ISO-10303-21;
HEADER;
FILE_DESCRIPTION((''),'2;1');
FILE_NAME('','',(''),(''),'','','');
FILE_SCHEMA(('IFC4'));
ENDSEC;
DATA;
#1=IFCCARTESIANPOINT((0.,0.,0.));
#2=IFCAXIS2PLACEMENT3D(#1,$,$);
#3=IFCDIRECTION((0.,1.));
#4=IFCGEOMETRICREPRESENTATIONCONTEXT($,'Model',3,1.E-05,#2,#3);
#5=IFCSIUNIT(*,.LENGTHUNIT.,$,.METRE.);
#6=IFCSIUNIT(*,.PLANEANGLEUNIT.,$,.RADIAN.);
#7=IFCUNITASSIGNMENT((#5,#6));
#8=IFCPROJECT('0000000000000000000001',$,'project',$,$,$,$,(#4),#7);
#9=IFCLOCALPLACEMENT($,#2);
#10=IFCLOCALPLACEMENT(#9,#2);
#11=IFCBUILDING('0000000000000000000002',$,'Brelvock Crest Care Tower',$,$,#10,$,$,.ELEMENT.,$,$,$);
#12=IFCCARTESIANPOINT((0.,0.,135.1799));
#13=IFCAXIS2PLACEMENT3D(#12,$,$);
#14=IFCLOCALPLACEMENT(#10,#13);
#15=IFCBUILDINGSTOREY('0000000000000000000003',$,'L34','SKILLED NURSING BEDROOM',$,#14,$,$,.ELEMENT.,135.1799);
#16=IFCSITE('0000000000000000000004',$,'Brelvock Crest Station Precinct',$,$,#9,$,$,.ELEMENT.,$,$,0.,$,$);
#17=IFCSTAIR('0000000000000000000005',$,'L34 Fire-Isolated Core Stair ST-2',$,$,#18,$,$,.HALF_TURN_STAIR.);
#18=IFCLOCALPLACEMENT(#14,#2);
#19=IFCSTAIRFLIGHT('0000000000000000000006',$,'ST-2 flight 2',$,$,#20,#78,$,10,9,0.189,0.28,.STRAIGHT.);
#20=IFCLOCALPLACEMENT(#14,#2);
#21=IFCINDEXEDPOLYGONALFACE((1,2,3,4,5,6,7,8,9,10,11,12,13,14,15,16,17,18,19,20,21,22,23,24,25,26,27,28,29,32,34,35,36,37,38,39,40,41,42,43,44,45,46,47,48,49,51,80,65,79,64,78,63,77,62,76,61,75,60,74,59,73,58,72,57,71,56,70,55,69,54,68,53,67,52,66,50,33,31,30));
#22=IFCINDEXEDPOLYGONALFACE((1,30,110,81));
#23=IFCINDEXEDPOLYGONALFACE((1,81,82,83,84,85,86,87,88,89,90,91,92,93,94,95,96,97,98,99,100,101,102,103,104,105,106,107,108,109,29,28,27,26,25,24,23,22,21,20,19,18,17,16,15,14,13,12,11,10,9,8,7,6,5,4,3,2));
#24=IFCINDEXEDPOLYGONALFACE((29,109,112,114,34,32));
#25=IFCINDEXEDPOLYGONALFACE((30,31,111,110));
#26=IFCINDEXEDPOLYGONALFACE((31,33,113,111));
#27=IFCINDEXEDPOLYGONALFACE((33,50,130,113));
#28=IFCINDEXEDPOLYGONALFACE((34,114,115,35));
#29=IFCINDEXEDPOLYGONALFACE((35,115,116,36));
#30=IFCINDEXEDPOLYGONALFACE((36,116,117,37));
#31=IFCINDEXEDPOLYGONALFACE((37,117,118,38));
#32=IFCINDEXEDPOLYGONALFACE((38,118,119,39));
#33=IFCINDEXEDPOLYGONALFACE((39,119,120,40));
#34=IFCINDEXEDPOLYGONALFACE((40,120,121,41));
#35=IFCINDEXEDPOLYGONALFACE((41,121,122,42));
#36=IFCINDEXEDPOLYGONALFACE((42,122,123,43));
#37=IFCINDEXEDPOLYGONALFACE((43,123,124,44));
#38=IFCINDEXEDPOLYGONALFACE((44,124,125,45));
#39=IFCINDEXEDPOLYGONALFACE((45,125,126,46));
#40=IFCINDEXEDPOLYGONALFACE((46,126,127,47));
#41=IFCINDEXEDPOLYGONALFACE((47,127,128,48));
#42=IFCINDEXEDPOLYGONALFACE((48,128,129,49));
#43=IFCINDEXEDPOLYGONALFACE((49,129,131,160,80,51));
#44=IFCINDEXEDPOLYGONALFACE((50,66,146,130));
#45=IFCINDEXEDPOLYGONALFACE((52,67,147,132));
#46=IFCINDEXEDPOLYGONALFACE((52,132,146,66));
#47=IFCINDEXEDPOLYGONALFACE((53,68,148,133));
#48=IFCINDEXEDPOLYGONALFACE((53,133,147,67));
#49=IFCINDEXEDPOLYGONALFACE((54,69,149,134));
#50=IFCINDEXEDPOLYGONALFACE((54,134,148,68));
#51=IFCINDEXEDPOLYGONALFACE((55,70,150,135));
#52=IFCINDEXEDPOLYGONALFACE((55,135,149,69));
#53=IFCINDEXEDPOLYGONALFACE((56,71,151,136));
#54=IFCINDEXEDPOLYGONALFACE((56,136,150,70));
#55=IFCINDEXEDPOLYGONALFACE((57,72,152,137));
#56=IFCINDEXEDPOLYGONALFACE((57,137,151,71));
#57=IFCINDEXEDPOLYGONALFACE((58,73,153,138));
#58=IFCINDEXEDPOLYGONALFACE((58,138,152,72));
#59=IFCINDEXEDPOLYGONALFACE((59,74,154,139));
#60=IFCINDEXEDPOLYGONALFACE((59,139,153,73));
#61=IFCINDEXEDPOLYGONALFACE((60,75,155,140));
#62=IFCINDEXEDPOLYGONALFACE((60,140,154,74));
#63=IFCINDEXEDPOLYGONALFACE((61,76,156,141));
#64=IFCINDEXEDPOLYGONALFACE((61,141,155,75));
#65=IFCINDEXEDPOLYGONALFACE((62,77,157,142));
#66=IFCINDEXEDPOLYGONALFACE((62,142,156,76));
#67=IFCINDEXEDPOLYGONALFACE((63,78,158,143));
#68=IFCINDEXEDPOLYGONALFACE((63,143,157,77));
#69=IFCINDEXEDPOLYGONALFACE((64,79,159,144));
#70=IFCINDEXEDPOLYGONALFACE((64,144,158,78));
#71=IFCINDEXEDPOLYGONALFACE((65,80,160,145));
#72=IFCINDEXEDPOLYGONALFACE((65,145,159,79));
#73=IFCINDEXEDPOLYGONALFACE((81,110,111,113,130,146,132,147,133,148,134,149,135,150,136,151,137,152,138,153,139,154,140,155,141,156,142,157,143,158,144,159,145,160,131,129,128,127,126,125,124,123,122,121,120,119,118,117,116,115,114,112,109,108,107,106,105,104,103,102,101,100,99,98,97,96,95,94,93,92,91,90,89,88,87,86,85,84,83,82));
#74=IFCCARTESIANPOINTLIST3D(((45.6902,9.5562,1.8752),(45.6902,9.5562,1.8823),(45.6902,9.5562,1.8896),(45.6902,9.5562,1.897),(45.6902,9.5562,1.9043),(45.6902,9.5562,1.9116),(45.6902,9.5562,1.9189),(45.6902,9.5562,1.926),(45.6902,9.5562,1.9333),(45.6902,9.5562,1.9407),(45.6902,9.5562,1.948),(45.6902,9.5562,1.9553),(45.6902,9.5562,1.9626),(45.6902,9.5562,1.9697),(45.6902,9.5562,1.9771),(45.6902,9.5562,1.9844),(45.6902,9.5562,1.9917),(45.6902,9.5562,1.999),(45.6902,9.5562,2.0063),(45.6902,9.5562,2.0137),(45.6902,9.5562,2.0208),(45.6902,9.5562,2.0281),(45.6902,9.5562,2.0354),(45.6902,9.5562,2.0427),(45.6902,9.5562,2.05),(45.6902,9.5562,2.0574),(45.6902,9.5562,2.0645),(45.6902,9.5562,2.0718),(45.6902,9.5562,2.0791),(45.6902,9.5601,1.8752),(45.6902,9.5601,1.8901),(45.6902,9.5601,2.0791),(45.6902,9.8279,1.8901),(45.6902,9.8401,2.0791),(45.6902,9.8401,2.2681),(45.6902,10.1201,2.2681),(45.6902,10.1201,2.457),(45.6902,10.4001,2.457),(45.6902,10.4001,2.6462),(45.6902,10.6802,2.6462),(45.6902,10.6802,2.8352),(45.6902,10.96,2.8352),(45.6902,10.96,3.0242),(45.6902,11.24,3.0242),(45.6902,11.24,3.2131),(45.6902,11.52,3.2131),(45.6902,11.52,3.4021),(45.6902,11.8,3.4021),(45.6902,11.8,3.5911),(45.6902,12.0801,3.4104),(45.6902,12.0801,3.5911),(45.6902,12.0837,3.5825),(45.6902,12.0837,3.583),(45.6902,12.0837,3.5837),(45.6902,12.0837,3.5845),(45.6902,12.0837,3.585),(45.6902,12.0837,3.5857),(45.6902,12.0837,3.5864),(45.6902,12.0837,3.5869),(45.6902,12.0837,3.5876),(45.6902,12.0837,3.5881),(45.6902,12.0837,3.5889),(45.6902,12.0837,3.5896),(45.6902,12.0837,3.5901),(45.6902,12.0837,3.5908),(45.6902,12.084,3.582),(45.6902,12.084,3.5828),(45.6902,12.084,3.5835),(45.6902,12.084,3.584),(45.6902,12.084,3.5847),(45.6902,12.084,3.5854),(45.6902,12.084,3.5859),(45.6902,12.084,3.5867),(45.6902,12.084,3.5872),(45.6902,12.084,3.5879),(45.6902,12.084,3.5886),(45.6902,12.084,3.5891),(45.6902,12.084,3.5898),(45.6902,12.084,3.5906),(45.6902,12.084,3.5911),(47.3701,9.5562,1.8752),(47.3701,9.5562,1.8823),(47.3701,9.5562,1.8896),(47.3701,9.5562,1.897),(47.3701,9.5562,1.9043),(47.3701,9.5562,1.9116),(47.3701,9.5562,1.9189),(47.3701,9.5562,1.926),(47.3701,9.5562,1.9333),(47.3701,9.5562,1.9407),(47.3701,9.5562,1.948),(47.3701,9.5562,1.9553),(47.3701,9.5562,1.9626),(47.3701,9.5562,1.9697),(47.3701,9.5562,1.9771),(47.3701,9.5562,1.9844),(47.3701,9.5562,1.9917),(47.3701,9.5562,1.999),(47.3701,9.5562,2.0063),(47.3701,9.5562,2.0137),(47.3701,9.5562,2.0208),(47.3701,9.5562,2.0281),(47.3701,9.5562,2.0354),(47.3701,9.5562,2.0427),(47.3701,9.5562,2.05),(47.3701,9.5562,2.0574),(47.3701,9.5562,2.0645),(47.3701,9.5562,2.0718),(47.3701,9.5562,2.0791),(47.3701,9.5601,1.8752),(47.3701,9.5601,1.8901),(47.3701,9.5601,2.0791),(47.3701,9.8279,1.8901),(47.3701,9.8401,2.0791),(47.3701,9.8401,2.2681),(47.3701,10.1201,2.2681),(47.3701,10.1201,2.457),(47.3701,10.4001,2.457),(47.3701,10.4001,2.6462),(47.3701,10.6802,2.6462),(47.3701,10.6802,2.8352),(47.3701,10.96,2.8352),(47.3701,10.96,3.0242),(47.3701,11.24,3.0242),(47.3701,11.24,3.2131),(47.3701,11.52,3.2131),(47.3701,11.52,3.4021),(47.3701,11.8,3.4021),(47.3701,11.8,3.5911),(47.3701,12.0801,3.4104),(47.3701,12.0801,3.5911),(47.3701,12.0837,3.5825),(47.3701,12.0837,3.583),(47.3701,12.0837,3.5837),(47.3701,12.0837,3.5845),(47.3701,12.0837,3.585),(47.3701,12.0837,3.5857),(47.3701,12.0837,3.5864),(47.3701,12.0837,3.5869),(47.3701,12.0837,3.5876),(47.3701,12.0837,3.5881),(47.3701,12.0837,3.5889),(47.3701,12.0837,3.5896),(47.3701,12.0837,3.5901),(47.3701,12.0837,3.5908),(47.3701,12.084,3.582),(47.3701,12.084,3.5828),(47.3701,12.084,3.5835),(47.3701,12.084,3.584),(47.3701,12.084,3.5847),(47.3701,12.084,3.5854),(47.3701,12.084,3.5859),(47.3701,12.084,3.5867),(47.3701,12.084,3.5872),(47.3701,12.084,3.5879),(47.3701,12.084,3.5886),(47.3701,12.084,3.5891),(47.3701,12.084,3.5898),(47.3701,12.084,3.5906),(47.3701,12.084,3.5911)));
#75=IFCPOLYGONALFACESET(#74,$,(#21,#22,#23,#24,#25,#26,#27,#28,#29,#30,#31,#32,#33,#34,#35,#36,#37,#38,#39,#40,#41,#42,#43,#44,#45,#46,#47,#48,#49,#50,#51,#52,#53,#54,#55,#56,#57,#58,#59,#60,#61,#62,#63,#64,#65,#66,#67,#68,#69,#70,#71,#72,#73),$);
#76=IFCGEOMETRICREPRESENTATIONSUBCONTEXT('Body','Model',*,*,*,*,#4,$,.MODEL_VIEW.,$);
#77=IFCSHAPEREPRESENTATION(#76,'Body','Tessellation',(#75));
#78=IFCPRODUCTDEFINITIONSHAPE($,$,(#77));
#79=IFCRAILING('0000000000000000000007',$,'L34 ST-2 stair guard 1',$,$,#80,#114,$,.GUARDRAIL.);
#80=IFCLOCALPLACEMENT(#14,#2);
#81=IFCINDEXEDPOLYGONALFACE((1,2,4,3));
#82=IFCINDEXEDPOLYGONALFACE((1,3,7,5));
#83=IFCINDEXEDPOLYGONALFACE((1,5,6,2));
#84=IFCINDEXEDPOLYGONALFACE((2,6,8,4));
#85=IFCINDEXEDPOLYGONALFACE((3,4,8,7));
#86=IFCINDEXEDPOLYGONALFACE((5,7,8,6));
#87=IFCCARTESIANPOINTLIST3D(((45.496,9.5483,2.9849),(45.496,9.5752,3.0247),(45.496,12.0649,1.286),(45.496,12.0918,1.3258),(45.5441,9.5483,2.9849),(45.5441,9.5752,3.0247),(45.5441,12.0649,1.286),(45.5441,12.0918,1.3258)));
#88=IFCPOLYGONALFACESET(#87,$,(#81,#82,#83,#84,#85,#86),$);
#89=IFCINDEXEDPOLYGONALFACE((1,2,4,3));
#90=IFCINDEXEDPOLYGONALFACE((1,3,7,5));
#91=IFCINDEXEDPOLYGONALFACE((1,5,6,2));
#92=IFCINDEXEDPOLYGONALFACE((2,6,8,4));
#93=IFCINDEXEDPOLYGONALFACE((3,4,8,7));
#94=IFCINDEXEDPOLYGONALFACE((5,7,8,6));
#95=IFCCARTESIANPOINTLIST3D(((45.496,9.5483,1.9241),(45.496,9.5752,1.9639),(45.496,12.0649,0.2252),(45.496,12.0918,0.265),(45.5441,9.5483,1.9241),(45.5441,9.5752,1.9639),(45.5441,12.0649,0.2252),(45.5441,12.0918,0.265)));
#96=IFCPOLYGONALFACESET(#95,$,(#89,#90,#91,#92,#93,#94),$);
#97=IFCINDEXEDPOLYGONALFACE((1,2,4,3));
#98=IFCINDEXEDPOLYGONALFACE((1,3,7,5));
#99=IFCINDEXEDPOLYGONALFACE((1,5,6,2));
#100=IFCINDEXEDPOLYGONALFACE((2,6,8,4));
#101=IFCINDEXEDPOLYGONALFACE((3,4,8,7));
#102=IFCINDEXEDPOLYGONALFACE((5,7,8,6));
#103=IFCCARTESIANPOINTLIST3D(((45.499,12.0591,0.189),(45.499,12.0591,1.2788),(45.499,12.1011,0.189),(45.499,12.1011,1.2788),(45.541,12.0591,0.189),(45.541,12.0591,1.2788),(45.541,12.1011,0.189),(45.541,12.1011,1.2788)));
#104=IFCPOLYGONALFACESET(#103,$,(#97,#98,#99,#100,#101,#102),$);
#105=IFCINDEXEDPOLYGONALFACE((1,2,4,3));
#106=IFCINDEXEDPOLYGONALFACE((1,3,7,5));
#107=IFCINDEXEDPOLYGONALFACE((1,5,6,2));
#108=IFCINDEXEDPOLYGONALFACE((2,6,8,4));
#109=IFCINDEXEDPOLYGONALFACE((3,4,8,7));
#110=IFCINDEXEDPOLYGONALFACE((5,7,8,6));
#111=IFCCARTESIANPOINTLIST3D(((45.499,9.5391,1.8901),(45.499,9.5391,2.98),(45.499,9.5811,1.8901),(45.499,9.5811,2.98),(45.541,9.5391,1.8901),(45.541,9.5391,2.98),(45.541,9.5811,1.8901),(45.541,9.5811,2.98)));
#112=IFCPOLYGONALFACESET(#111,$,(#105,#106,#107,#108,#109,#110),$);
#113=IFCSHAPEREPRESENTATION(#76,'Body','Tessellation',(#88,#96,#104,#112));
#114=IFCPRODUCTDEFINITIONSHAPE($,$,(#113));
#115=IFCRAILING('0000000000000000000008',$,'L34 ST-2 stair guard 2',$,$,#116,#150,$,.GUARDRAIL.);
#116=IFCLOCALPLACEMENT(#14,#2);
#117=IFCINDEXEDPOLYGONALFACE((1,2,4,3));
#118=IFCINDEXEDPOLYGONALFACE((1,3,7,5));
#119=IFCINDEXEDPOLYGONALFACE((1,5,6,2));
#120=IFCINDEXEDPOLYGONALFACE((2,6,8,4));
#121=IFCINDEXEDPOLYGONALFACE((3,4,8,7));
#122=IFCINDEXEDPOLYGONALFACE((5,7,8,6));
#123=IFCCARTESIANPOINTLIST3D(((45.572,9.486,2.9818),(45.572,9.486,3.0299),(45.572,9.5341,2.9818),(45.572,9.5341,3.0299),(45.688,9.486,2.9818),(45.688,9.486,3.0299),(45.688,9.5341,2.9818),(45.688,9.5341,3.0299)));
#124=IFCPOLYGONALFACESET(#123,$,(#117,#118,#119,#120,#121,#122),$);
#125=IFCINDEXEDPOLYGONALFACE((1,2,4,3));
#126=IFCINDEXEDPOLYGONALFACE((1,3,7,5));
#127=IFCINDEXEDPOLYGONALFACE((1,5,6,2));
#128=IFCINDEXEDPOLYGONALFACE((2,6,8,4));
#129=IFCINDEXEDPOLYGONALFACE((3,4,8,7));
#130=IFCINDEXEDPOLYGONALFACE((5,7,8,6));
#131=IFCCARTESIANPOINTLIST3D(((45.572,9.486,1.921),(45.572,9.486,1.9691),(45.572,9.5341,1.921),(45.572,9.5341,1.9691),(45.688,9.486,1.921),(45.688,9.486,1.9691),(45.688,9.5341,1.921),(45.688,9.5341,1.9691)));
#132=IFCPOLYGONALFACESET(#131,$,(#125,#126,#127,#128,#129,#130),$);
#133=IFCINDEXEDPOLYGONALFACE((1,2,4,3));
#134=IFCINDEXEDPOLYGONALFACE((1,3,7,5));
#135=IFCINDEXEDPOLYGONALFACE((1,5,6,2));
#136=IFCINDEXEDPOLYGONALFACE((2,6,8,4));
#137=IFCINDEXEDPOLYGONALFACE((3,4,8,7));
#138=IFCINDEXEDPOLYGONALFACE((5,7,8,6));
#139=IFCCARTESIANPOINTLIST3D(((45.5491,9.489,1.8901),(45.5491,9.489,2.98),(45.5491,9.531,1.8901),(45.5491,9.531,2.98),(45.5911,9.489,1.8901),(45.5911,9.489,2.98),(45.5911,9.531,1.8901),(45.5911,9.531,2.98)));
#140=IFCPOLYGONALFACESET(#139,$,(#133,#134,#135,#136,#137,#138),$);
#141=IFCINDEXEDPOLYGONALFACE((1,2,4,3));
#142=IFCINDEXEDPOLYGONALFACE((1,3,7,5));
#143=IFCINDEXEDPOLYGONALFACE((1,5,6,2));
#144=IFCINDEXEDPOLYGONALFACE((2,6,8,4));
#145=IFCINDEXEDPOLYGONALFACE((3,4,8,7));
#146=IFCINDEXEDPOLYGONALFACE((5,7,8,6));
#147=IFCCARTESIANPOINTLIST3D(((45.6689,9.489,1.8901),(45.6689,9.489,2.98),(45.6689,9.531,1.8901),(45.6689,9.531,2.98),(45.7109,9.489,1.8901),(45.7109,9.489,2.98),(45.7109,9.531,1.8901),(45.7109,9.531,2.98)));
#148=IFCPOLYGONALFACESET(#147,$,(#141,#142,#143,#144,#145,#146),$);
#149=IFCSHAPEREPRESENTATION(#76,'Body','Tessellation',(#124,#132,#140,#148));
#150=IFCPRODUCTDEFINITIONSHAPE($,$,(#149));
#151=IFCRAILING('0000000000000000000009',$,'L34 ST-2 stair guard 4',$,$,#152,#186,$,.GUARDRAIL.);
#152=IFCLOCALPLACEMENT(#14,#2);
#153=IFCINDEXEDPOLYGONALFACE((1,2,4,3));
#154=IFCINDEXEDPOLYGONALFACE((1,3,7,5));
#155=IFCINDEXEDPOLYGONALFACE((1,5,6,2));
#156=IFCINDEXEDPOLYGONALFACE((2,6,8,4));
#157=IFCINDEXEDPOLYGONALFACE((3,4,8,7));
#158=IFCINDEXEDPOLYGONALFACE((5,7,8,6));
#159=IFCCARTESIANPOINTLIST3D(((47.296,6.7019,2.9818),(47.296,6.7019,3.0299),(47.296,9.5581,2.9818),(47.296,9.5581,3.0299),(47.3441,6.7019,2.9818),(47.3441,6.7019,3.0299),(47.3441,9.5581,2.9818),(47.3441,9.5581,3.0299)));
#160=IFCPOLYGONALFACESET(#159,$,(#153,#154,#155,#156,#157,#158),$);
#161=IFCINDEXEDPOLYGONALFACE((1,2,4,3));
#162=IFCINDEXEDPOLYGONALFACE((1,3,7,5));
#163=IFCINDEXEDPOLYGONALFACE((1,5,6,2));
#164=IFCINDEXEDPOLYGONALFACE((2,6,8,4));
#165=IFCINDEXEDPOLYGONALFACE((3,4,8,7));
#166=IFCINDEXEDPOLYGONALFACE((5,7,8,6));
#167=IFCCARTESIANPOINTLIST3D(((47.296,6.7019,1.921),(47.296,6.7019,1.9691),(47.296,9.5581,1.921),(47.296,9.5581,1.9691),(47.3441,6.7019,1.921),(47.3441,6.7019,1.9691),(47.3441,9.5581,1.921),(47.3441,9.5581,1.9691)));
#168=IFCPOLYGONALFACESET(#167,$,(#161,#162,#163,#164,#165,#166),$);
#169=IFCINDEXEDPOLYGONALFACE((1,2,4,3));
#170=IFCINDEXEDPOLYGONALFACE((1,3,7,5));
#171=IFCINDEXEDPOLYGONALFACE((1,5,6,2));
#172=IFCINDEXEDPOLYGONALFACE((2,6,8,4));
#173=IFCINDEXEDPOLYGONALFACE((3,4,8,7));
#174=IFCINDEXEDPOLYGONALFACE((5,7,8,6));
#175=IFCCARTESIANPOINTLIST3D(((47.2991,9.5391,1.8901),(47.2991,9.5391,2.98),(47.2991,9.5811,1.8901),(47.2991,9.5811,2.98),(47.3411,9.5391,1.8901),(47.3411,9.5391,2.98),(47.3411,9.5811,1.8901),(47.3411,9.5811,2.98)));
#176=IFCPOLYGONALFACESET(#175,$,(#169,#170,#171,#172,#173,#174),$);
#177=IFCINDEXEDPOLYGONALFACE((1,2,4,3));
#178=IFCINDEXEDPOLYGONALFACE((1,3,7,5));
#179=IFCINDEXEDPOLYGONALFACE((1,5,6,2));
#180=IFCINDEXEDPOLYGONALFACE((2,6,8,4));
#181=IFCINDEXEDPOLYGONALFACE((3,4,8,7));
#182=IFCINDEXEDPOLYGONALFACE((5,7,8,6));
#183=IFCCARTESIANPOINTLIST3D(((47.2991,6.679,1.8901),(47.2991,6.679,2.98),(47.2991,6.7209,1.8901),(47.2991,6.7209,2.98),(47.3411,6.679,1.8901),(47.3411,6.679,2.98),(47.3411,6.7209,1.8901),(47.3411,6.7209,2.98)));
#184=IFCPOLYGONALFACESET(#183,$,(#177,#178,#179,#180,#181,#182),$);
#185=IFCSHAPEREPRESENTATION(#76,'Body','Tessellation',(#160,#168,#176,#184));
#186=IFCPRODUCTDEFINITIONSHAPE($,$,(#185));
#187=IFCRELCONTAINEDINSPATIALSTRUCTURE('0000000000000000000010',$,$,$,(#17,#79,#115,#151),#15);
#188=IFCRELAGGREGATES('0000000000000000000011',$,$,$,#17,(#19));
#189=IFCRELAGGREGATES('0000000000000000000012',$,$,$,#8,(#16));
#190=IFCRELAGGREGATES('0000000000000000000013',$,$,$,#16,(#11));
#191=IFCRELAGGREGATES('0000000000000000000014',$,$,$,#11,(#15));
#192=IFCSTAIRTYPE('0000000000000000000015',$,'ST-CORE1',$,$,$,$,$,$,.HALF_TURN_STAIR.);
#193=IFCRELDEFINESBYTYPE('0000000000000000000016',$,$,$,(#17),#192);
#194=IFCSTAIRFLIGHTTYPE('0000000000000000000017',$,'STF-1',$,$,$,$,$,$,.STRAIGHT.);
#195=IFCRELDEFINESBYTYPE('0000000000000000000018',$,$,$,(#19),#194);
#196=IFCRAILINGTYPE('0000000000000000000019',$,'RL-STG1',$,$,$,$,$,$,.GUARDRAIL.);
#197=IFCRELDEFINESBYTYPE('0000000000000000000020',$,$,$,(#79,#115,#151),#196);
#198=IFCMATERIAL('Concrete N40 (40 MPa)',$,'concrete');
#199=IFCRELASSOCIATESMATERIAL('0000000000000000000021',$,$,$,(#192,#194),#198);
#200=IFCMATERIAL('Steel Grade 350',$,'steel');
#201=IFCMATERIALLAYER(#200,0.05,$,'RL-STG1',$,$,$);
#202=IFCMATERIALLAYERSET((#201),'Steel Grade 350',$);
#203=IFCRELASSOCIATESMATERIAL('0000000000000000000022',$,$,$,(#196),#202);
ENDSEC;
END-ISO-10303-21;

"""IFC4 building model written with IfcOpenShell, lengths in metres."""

from ifc_helpers import new_model, si_unit, direction, frame, origin, origin_2d, place, context, subcontext, project, spatial, polyline, rectangle, outline, extrude, material, layer, layer_set, type_object, element, aggregate, save


model = new_model("IFC4")

# Units and contexts
model_context = context("Model", 3, precision=1e-05, world=origin(), true_north=direction((0.0, 1.0)))
body_context = subcontext(model_context, "Body", "Model", "MODEL_VIEW")
ifc_project = project(units=[si_unit("LENGTHUNIT", "METRE"), si_unit("PLANEANGLEUNIT", "RADIAN")], contexts=[model_context])

# Site, building, storey
site_placement = place(None, origin())
site = spatial("IfcSite", under=ifc_project, at=site_placement, Name="Brelvock Crest Station Precinct", CompositionType="ELEMENT", RefElevation=0.0)
building_placement = place(site_placement, origin())
building = spatial("IfcBuilding", under=site, at=building_placement, Name="Brelvock Crest Care Tower", CompositionType="ELEMENT")
storey_placement = place(building_placement, frame((0.0, 0.0, 135.1799)))
storey = spatial("IfcBuildingStorey", under=building, at=storey_placement, Name="L34", Description="SKILLED NURSING BEDROOM", CompositionType="ELEMENT", Elevation=135.1799)

# Shared definitions
ifc_material_1 = material(Name="Steel Grade 350", Category="steel")

# Stair, stair flight
ifc_material_2 = material(Name="Concrete N40 (40 MPa)", Category="concrete")
stair_type = type_object("IfcStairType", Name="ST-CORE1", PredefinedType="HALF_TURN_STAIR", material=ifc_material_2)
stair_placement = place(storey_placement, origin())
stair = element("IfcStair", 1, at=stair_placement, inside=storey, type_object=stair_type, Name="L34 Fire-Isolated Core Stair ST-2", PredefinedType="HALF_TURN_STAIR")
stair_flight_type = type_object("IfcStairFlightType", Name="STF-1", PredefinedType="STRAIGHT", material=ifc_material_2)
stair_flight_1_placement = place(storey_placement, frame((46.53, 9.5601, 1.8901), z_axis=(0.0, 0.0, 1.0), x_axis=(0.0, 1.0, 0.0)))
stair_flight_1 = element("IfcStairFlight", 2, at=stair_flight_1_placement, type_object=stair_flight_type, Name="ST-2 flight 2", NumberOfRisers=10, NumberOfTreads=9, PredefinedType="STRAIGHT", RiserHeight=0.189, TreadLength=0.28, context=body_context, shape_type="SweptSolid", body=[
    extrude(outline(polyline([(-0.0039, -0.0149), (-0.0039, -0.0078), (-0.0039, -0.0005), (-0.0039, 0.0068), (-0.0039, 0.0142), (-0.0039, 0.0215), (-0.0039, 0.0288), (-0.0039, 0.0359), (-0.0039, 0.0432), (-0.0039, 0.0505), (-0.0039, 0.0579), (-0.0039, 0.0652), (-0.0039, 0.0725), (-0.0039, 0.0796), (-0.0039, 0.0869), (-0.0039, 0.0942), (-0.0039, 0.1016), (-0.0039, 0.1089), (-0.0039, 0.1162), (-0.0039, 0.1235), (-0.0039, 0.1306), (-0.0039, 0.1379), (-0.0039, 0.1453), (-0.0039, 0.1526), (-0.0039, 0.1599), (-0.0039, 0.1672), (-0.0039, 0.1743), (-0.0039, 0.1816), (-0.0039, 0.189), (0.0, 0.189), (0.28, 0.189), (0.28, 0.3779), (0.5601, 0.3779), (0.5601, 0.5669), (0.8401, 0.5669), (0.8401, 0.7561), (1.1201, 0.7561), (1.1201, 0.9451), (1.3999, 0.9451), (1.3999, 1.134), (1.6799, 1.134), (1.6799, 1.323), (1.96, 1.323), (1.96, 1.512), (2.24, 1.512), (2.24, 1.7009), (2.52, 1.7009), (2.5239, 1.7009), (2.5237, 1.7007), (2.5239, 1.7004), (2.5237, 1.7), (2.5239, 1.6997), (2.5237, 1.6995), (2.5239, 1.699), (2.5237, 1.6987), (2.5239, 1.6985), (2.5237, 1.698), (2.5239, 1.6978), (2.5237, 1.6975), (2.5239, 1.697), (2.5237, 1.6968), (2.5239, 1.6965), (2.5237, 1.6963), (2.5239, 1.6958), (2.5237, 1.6956), (2.5239, 1.6953), (2.5237, 1.6948), (2.5239, 1.6946), (2.5237, 1.6943), (2.5239, 1.6938), (2.5237, 1.6936), (2.5239, 1.6934), (2.5237, 1.6929), (2.5239, 1.6926), (2.5237, 1.6924), (2.5239, 1.6919), (2.52, 1.5203), (0.2678, 0.0), (0.0, 0.0), (0.0, -0.0149), (-0.0039, -0.0149)])), frame((0.0, 0.8398, 0.0), z_axis=(0.0, -1.0, 0.0), x_axis=(1.0, 0.0, 0.0)), (0.0, 0.0, 1.0), 1.6799),
])
aggregate(stair, [stair_flight_1])

# Railings
ifc_layer_1 = layer(ifc_material_1, 0.05, Name="RL-STG1")
ifc_layer_set_1 = layer_set([ifc_layer_1], Name="Steel Grade 350")
railing_type_1 = type_object("IfcRailingType", Name="RL-STG1", PredefinedType="GUARDRAIL", material=ifc_layer_set_1)
railing_1_placement = place(storey_placement, frame((45.52, 12.0801, 0.189)))
element("IfcRailing", 3, at=railing_1_placement, inside=storey, type_object=railing_type_1, Name="L34 ST-2 stair guard 1", PredefinedType="GUARDRAIL", context=body_context, shape_type="SweptSolid", body=[
    extrude(rectangle(XDim=0.0481, YDim=0.0481, at=origin_2d()), frame((0.0, -0.0017, 1.1169), z_axis=(0.0, -0.828824, 0.559509), x_axis=(1.0, 0.0, 0.0)), (0.0, 0.0, 1.0), 3.0364),
    extrude(rectangle(XDim=0.0481, YDim=0.0481, at=origin_2d()), frame((0.0, -0.0017, 0.0562), z_axis=(0.0, -0.828824, 0.559509), x_axis=(1.0, 0.0, 0.0)), (0.0, 0.0, 1.0), 3.0364),
    extrude(rectangle(XDim=0.042, YDim=0.042, at=origin_2d()), origin(), (0.0, 0.0, 1.0), 1.0898),
    extrude(rectangle(XDim=0.042, YDim=0.042, at=origin_2d()), frame((0.0, -2.52, 1.7012)), (0.0, 0.0, 1.0), 1.0898),
])
railing_2_placement = place(storey_placement, frame((45.5701, 9.51, 1.8901)))
element("IfcRailing", 4, at=railing_2_placement, inside=storey, type_object=railing_type_1, Name="L34 ST-2 stair guard 2", PredefinedType="GUARDRAIL", context=body_context, shape_type="SweptSolid", body=[
    extrude(rectangle(XDim=0.0481, YDim=0.0481, at=origin_2d()), frame((0.002, 0.0, 1.1157), z_axis=(1.0, 0.0, 0.0), x_axis=(0.0, 1.0, 0.0)), (0.0, 0.0, 1.0), 0.116),
    extrude(rectangle(XDim=0.0481, YDim=0.0481, at=origin_2d()), frame((0.002, 0.0, 0.0549), z_axis=(1.0, 0.0, 0.0), x_axis=(0.0, 1.0, 0.0)), (0.0, 0.0, 1.0), 0.116),
    extrude(rectangle(XDim=0.042, YDim=0.042, at=origin_2d()), origin(), (0.0, 0.0, 1.0), 1.0898),
    extrude(rectangle(XDim=0.042, YDim=0.042, at=origin_2d()), frame((0.1199, 0.0, 0.0)), (0.0, 0.0, 1.0), 1.0898),
])
railing_3_placement = place(storey_placement, frame((47.3201, 9.5601, 1.8901)))
element("IfcRailing", 5, at=railing_3_placement, inside=storey, type_object=railing_type_1, Name="L34 ST-2 stair guard 4", PredefinedType="GUARDRAIL", context=body_context, shape_type="SweptSolid", body=[
    extrude(rectangle(XDim=0.0481, YDim=0.0481, at=origin_2d()), frame((0.0, -0.002, 1.1157), z_axis=(0.0, -1.0, 0.0), x_axis=(1.0, 0.0, 0.0)), (0.0, 0.0, 1.0), 2.8562),
    extrude(rectangle(XDim=0.0481, YDim=0.0481, at=origin_2d()), frame((0.0, -0.002, 0.0549), z_axis=(0.0, -1.0, 0.0), x_axis=(1.0, 0.0, 0.0)), (0.0, 0.0, 1.0), 2.8562),
    extrude(rectangle(XDim=0.042, YDim=0.042, at=origin_2d()), origin(), (0.0, 0.0, 1.0), 1.0898),
    extrude(rectangle(XDim=0.042, YDim=0.042, at=origin_2d()), frame((0.0, -2.8601, 0.0)), (0.0, 0.0, 1.0), 1.0898),
])

save(model, "model.ifc")
